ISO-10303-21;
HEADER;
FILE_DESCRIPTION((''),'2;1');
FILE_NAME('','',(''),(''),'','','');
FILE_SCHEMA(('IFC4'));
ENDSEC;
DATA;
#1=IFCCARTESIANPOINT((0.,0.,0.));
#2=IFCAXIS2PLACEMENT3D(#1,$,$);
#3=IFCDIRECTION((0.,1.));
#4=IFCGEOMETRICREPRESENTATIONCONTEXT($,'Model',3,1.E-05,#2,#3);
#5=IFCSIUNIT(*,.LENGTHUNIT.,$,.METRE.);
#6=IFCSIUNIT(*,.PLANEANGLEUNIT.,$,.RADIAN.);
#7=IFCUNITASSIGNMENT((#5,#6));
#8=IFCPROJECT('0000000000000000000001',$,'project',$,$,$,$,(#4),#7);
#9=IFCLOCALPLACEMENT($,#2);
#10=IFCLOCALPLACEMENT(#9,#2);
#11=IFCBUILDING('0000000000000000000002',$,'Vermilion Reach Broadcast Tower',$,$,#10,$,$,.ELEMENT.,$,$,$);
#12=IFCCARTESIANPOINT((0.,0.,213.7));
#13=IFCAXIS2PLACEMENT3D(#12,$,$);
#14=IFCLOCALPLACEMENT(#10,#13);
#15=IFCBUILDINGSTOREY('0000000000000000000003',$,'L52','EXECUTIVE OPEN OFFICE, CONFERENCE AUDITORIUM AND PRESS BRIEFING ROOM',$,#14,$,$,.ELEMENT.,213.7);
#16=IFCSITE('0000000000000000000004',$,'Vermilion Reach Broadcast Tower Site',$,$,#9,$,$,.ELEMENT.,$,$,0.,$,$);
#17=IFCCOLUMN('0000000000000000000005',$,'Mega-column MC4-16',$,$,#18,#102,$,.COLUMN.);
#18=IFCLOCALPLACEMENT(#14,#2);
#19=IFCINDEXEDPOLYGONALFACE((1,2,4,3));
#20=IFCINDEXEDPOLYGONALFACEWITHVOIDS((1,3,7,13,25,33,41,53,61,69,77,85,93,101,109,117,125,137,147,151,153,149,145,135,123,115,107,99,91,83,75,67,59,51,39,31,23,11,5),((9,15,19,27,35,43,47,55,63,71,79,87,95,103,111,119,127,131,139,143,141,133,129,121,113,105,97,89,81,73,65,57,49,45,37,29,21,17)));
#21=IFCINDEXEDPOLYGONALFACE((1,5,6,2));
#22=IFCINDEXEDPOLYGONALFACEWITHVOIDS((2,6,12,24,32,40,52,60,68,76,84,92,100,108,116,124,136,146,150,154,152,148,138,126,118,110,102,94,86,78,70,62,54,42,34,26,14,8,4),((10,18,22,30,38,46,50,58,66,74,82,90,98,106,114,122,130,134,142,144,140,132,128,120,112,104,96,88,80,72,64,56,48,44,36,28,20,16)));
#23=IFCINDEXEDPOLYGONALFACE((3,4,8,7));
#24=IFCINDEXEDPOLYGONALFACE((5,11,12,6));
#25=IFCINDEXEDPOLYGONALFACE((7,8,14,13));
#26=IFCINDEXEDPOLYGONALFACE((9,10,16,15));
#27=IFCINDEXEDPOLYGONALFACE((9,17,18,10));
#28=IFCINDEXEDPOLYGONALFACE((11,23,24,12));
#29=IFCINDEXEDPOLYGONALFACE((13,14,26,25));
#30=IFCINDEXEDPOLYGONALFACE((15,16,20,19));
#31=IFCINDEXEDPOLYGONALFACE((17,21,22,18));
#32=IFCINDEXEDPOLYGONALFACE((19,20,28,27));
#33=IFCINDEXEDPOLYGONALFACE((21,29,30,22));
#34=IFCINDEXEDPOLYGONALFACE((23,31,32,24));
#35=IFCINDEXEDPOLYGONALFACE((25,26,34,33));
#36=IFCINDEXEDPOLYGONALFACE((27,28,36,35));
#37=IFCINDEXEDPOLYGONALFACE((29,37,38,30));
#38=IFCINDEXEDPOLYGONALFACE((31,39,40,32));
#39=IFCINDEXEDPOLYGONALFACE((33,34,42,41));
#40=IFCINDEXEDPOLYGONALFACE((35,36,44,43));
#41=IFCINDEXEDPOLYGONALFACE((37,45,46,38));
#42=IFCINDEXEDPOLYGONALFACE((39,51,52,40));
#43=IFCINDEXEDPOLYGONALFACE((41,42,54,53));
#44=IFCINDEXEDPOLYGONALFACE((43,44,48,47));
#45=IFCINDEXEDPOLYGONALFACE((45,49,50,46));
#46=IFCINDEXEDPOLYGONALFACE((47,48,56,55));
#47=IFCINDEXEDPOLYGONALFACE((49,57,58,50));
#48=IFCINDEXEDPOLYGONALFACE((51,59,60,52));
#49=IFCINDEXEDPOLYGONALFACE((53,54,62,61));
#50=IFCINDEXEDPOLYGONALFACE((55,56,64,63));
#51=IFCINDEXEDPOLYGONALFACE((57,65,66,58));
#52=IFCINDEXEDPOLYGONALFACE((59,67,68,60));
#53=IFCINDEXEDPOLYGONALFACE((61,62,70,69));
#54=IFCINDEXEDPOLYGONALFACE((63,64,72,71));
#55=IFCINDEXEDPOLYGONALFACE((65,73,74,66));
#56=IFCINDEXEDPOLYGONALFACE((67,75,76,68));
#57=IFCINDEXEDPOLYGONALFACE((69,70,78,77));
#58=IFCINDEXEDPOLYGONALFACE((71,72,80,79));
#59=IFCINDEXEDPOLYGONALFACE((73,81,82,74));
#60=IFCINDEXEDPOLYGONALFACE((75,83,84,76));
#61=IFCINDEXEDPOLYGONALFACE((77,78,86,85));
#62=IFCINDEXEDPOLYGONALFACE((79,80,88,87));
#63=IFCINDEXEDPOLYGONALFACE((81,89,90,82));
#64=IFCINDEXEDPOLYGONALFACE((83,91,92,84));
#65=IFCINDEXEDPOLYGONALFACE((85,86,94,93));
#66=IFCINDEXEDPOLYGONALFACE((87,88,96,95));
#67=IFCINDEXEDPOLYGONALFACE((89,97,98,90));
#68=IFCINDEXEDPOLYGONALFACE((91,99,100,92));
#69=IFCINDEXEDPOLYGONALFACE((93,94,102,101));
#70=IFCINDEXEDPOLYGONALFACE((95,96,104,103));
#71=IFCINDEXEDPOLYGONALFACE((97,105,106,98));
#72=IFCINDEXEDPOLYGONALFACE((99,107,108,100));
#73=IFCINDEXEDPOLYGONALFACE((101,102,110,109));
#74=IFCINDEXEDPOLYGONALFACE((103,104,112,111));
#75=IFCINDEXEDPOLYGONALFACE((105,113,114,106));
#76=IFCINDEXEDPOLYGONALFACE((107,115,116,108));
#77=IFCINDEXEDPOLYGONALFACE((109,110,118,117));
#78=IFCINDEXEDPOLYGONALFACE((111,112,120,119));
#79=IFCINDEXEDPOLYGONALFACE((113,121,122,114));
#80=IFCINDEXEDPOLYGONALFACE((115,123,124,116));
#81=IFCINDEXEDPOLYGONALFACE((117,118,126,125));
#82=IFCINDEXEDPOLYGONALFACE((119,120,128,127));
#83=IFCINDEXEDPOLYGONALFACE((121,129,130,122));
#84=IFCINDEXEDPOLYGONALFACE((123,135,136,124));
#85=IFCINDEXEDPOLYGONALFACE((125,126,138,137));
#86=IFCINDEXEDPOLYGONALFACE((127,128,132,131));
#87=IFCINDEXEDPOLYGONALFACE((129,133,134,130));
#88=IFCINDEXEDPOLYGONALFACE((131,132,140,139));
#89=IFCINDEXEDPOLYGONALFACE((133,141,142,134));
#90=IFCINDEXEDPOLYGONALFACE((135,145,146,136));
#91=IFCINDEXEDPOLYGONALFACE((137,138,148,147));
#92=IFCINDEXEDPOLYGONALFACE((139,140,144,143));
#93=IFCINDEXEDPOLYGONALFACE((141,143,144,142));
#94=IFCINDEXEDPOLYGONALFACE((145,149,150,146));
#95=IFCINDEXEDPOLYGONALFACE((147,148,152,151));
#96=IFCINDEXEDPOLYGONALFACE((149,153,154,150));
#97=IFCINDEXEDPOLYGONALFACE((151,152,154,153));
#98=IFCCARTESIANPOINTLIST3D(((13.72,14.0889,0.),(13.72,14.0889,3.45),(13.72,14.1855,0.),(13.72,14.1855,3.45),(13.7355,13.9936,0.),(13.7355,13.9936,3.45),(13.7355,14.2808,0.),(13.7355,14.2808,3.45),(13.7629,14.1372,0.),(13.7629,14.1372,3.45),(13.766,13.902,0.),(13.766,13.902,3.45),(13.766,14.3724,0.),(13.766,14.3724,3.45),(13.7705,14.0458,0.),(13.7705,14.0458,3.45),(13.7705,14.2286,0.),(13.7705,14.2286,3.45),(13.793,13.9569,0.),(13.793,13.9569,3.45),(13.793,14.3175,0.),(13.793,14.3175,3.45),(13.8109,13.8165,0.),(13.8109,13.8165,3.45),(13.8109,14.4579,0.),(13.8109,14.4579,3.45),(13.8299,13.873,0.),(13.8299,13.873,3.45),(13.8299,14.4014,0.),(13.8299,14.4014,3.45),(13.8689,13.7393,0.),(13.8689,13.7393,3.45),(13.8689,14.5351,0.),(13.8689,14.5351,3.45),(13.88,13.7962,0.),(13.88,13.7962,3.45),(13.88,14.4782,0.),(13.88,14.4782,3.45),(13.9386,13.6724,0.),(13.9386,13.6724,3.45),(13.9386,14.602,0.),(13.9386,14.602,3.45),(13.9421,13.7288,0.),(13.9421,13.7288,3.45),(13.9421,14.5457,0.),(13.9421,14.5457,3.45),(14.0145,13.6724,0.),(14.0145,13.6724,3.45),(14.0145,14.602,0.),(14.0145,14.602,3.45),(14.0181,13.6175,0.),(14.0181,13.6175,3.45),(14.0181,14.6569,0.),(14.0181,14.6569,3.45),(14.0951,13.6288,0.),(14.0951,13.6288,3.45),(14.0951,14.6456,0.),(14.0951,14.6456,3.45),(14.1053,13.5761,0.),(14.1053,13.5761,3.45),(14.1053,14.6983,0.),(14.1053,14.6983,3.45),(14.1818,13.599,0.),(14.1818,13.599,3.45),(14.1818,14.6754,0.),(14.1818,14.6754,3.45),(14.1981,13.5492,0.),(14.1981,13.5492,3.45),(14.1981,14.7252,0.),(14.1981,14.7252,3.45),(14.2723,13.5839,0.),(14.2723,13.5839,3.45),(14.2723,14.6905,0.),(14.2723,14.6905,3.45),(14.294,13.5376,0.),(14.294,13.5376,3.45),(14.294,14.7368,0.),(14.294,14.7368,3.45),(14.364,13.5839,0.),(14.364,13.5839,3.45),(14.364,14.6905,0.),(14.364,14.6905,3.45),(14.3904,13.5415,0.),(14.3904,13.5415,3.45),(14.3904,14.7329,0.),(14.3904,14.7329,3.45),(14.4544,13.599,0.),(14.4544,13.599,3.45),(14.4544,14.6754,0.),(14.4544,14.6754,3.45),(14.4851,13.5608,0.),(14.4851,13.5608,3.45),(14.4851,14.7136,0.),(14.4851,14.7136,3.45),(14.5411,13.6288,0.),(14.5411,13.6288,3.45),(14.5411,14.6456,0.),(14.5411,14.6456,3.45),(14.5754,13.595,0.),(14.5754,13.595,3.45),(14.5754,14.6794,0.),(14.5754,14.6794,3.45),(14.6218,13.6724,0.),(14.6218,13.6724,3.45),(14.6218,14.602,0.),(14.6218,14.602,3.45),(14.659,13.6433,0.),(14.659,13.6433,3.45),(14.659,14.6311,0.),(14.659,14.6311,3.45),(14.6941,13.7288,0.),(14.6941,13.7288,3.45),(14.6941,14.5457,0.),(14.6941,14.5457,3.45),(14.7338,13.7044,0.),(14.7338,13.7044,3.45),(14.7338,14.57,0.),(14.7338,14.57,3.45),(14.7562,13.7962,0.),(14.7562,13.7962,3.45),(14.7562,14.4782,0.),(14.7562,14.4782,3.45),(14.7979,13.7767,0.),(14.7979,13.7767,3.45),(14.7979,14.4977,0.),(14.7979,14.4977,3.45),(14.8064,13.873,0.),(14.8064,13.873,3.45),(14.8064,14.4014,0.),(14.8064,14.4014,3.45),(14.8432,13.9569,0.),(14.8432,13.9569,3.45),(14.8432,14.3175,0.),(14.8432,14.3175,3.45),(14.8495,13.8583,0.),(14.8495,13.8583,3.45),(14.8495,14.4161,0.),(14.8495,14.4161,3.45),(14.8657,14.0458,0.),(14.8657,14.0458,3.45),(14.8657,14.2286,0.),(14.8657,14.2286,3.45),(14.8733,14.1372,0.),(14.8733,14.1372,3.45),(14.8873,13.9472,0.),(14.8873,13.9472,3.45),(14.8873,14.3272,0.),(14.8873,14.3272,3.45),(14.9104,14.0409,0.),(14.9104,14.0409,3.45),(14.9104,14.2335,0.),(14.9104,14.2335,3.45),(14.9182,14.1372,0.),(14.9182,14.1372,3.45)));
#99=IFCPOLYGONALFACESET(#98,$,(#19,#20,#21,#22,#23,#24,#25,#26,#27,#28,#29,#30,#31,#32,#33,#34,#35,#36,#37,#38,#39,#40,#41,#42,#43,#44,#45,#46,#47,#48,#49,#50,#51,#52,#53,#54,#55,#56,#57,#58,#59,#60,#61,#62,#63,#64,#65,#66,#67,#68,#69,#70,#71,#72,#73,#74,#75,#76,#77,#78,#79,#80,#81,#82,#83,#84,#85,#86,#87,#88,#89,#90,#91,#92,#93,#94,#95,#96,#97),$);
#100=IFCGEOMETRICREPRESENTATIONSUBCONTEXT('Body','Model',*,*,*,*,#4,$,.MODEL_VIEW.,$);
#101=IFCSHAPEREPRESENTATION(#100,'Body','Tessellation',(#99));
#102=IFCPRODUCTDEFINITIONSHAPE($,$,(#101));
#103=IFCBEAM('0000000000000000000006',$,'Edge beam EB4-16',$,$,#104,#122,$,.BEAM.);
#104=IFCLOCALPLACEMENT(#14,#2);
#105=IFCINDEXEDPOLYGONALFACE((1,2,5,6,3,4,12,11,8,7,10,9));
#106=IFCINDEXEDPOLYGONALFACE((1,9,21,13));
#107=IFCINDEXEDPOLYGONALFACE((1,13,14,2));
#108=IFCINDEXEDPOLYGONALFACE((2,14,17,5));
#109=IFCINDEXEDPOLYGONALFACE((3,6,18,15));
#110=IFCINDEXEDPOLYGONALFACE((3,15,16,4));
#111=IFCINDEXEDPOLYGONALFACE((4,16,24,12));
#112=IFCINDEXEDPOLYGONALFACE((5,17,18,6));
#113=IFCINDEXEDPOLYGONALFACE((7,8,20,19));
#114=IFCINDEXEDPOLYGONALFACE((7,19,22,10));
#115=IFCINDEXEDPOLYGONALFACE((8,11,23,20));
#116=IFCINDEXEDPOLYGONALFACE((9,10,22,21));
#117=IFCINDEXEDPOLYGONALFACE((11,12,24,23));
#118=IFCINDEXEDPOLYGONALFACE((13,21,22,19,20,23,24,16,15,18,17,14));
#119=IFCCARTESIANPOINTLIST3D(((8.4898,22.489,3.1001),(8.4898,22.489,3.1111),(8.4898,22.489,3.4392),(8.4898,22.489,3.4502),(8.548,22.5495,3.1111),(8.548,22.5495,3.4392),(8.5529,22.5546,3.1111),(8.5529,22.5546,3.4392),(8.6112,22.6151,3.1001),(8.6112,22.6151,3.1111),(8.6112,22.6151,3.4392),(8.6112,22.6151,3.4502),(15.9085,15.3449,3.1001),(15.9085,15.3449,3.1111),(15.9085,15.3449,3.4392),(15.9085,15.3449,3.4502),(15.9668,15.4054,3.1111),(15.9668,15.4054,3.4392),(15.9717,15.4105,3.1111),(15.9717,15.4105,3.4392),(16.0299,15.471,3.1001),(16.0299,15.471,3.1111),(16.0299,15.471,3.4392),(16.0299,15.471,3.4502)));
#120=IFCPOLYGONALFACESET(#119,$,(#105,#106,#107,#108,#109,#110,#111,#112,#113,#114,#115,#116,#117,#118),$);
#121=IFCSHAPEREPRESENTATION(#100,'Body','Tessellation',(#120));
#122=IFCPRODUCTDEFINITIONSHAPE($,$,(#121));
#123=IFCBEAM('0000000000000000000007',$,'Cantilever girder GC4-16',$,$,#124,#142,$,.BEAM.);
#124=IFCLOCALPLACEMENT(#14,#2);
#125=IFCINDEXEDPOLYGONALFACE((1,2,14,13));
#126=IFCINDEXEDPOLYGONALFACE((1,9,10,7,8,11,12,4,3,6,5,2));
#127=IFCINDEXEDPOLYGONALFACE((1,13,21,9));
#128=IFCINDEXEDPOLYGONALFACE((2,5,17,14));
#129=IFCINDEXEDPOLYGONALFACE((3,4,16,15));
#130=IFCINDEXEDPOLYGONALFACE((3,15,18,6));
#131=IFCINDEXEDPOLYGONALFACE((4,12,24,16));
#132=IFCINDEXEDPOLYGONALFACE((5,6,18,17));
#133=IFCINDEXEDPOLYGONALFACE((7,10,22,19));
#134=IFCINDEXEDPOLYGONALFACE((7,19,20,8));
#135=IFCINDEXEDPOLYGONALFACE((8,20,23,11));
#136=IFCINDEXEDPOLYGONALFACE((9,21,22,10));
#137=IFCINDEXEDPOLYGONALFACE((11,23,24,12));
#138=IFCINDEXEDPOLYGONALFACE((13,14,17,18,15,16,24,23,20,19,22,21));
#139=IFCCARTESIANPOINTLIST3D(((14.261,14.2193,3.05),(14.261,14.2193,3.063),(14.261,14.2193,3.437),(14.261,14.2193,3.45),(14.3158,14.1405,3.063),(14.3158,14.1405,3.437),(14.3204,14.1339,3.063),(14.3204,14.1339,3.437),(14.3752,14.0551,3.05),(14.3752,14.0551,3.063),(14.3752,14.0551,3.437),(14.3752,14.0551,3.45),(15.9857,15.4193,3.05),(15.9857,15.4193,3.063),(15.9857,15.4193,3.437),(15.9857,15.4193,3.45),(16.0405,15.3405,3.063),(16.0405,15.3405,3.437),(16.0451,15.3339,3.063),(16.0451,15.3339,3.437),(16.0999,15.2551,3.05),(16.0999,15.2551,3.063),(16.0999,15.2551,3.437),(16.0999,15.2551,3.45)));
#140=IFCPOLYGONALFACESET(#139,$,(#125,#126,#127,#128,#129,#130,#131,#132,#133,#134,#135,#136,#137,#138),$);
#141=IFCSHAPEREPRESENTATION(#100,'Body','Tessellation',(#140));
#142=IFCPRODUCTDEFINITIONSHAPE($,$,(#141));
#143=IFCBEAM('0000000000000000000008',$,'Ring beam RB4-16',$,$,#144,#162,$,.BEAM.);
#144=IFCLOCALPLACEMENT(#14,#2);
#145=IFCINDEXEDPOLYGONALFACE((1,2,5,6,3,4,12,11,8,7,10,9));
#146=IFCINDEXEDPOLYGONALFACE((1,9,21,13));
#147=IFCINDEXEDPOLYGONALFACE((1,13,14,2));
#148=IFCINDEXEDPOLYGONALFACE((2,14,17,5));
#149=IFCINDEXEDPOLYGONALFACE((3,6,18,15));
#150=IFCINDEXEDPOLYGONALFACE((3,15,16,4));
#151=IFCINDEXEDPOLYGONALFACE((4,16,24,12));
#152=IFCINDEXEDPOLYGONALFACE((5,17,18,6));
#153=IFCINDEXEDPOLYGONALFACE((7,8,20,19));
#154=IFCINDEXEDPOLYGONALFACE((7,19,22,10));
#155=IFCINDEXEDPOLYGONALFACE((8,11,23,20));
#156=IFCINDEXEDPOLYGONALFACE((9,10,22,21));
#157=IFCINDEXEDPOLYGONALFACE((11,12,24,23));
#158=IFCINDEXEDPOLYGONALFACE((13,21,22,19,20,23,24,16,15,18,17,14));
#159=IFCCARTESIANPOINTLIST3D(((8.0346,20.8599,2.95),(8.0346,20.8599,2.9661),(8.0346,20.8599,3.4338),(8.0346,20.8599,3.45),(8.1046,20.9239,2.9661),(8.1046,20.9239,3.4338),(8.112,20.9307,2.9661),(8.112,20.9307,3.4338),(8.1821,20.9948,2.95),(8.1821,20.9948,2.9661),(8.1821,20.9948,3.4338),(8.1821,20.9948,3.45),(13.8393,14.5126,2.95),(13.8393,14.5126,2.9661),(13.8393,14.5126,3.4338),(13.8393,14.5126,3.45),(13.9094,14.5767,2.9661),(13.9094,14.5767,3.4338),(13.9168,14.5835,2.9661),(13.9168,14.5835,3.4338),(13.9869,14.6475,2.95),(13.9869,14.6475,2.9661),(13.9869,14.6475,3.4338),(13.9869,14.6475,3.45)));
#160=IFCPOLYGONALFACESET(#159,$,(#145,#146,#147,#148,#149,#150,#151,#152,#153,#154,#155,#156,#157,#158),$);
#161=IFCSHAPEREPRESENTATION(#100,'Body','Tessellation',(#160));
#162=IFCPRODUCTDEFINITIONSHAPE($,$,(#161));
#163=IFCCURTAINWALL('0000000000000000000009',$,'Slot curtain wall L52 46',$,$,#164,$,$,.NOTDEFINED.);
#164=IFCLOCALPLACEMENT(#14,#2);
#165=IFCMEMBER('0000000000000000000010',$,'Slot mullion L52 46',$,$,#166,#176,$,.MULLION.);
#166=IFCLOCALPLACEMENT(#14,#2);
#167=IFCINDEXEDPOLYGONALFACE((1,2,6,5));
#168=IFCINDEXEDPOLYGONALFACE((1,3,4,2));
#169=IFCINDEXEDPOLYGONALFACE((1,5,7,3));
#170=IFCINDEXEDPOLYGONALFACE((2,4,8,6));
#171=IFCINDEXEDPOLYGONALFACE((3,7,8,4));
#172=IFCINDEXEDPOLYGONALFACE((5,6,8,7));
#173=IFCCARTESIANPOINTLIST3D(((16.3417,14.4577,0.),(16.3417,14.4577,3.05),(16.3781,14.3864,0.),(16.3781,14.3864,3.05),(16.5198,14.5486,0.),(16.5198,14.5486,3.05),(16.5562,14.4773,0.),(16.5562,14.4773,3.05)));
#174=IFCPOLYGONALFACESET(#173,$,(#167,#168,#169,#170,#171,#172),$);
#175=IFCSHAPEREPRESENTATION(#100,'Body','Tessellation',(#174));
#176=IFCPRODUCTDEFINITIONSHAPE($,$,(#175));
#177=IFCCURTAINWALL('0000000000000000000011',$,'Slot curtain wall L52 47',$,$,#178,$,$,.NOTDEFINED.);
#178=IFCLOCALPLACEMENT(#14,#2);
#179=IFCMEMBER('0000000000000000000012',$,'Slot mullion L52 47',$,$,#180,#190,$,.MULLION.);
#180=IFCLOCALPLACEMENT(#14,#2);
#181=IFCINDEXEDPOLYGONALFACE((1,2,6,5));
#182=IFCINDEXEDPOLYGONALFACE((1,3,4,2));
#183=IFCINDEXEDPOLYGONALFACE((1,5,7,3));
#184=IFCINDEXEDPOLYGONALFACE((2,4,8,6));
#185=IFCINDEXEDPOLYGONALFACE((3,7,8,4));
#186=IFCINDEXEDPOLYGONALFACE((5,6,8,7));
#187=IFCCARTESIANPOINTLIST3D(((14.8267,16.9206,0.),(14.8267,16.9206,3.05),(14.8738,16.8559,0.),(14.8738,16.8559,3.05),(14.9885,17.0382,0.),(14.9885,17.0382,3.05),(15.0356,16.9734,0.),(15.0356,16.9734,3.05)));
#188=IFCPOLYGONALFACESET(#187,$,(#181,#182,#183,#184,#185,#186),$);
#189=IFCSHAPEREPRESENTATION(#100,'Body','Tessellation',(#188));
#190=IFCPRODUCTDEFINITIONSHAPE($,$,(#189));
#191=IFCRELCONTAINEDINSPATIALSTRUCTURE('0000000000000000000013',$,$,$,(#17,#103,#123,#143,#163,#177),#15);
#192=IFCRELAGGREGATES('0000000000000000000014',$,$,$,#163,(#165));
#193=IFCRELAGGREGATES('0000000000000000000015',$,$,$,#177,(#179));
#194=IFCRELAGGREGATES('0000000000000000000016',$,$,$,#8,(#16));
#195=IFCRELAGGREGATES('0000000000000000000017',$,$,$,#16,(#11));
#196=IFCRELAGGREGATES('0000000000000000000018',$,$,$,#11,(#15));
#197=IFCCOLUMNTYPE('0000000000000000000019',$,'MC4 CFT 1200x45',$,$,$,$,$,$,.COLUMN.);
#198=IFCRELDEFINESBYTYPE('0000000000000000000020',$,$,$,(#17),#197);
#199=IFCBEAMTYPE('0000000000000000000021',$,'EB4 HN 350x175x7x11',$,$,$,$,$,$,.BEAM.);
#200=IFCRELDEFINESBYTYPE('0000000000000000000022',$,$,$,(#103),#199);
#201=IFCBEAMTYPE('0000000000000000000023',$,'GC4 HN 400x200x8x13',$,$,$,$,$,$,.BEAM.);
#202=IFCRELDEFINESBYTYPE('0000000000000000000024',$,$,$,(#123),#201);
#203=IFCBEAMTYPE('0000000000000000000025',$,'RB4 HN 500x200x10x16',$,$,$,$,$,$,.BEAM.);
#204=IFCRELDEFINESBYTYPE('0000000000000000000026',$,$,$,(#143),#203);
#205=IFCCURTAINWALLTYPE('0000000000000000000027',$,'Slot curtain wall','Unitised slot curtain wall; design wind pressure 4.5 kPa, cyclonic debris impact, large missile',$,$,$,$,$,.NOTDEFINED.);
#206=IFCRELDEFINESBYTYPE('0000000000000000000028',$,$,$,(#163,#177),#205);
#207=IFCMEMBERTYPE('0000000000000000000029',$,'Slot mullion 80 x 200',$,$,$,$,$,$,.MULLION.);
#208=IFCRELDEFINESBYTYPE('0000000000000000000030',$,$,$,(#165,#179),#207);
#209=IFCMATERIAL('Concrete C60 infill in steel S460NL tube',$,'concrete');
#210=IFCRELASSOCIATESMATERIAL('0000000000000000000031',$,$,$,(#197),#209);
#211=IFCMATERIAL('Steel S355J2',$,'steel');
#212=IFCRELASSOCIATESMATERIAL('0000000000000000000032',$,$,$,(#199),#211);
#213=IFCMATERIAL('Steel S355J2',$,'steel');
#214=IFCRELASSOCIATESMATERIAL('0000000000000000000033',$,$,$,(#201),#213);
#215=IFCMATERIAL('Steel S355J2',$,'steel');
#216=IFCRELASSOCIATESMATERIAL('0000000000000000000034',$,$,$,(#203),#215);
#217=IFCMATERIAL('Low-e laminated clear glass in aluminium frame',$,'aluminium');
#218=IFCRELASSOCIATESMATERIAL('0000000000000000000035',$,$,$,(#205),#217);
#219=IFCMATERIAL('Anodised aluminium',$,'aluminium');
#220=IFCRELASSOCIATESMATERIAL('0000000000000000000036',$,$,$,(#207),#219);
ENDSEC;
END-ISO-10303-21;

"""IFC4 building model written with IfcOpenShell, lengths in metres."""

from ifc_helpers import new_model, si_unit, direction, frame, origin, origin_2d, place, context, subcontext, project, spatial, rectangle, hollow_circle, i_section, extrude, material, material_profile, profile_set, type_object, element, aggregate, save


model = new_model("IFC4")

# Units and contexts
model_context = context("Model", 3, precision=1e-05, world=origin(), true_north=direction((0.0, 1.0)))
body_context = subcontext(model_context, "Body", "Model", "MODEL_VIEW")
ifc_project = project(units=[si_unit("LENGTHUNIT", "METRE"), si_unit("PLANEANGLEUNIT", "RADIAN")], contexts=[model_context])

# Site, building, storey
site_placement = place(None, origin())
site = spatial("IfcSite", under=ifc_project, at=site_placement, Name="Vermilion Reach Broadcast Tower Site", CompositionType="ELEMENT", RefElevation=0.0)
building_placement = place(site_placement, origin())
building = spatial("IfcBuilding", under=site, at=building_placement, Name="Vermilion Reach Broadcast Tower", CompositionType="ELEMENT")
storey_placement = place(building_placement, frame((0.0, 0.0, 213.7)))
storey = spatial("IfcBuildingStorey", under=building, at=storey_placement, Name="L52", Description="EXECUTIVE OPEN OFFICE, CONFERENCE AUDITORIUM AND PRESS BRIEFING ROOM", CompositionType="ELEMENT", Elevation=213.7)

# Column
ifc_material_1 = material(Name="Concrete C60 infill in steel S460NL tube", Category="concrete")
ifc_material_profile_1 = material_profile(ifc_material_1, hollow_circle(Radius=0.6001, WallThickness=0.0449, at=origin_2d()), Name="Concrete C60 infill in steel S460NL tube CFT 1200x45")
ifc_profile_set_1 = profile_set([ifc_material_profile_1], Name="Concrete C60 infill in steel S460NL tube")
column_type = type_object("IfcColumnType", Name="MC4 CFT 1200x45", PredefinedType="COLUMN", material=ifc_profile_set_1)
column_placement = place(storey_placement, frame((14.3181, 14.1372, 0.0), z_axis=(0.0, 0.0, 1.0), x_axis=(1.0, 0.0, 0.0)))
element("IfcColumn", 1, at=column_placement, inside=storey, type_object=column_type, Name="Mega-column MC4-16", PredefinedType="COLUMN", context=body_context, shape_type="SweptSolid", body=[
    extrude(hollow_circle(Radius=0.6001, WallThickness=0.0449, at=origin_2d()), origin(), (0.0, 0.0, 1.0), 3.45),
])

# Beams
ifc_material_2 = material(Name="Steel S355J2", Category="steel")
ifc_material_profile_2 = material_profile(ifc_material_2, i_section(OverallWidth=0.175, OverallDepth=0.3501, WebThickness=0.0071, FlangeThickness=0.011, at=origin_2d()), Name="S355J2 HN 350x175x7x11")
ifc_profile_set_2 = profile_set([ifc_material_profile_2], Name="Steel S355J2")
beam_type_1 = type_object("IfcBeamType", Name="EB4 HN 350x175x7x11", PredefinedType="BEAM", material=ifc_profile_set_2)
beam_1_placement = place(storey_placement, frame((15.9692, 15.408, 3.2751), z_axis=(-0.720315, 0.693647, 0.0), x_axis=(-0.693647, -0.720315, 0.0)))
element("IfcBeam", 2, at=beam_1_placement, inside=storey, type_object=beam_type_1, Name="Edge beam EB4-16", PredefinedType="BEAM", context=body_context, shape_type="SweptSolid", body=[
    extrude(i_section(OverallWidth=0.175, OverallDepth=0.3501, WebThickness=0.0071, FlangeThickness=0.011, at=origin_2d()), origin(), (0.0, 0.0, 1.0), 10.2993),
])
ifc_material_3 = material(Name="Steel S355J2", Category="steel")
ifc_material_profile_3 = material_profile(ifc_material_3, i_section(OverallWidth=0.2, OverallDepth=0.3999, WebThickness=0.0081, FlangeThickness=0.0129, at=origin_2d()), Name="S355J2 HN 400x200x8x13")
ifc_profile_set_3 = profile_set([ifc_material_profile_3], Name="Steel S355J2")
beam_type_2 = type_object("IfcBeamType", Name="GC4 HN 400x200x8x13", PredefinedType="BEAM", material=ifc_profile_set_3)
beam_2_placement = place(storey_placement, frame((14.3181, 14.1372, 3.25), z_axis=(0.820855, 0.571136, 0.0), x_axis=(-0.571136, 0.820855, 0.0)))
element("IfcBeam", 3, at=beam_2_placement, inside=storey, type_object=beam_type_2, Name="Cantilever girder GC4-16", PredefinedType="BEAM", context=body_context, shape_type="SweptSolid", body=[
    extrude(i_section(OverallWidth=0.2, OverallDepth=0.3999, WebThickness=0.0081, FlangeThickness=0.0129, at=origin_2d()), origin(), (0.0, 0.0, 1.0), 2.1011),
])
ifc_material_4 = material(Name="Steel S355J2", Category="steel")
ifc_material_profile_4 = material_profile(ifc_material_4, i_section(OverallWidth=0.2, OverallDepth=0.5, WebThickness=0.01, FlangeThickness=0.0161, at=origin_2d()), Name="S355J2 HN 500x200x10x16")
ifc_profile_set_4 = profile_set([ifc_material_profile_4], Name="Steel S355J2")
beam_type_3 = type_object("IfcBeamType", Name="RB4 HN 500x200x10x16", PredefinedType="BEAM", material=ifc_profile_set_4)
beam_3_placement = place(storey_placement, frame((13.9131, 14.5801, 3.2), z_axis=(-0.674868, 0.737938, 0.0), x_axis=(-0.737938, -0.674868, 0.0)))
element("IfcBeam", 4, at=beam_3_placement, inside=storey, type_object=beam_type_3, Name="Ring beam RB4-16", PredefinedType="BEAM", context=body_context, shape_type="SweptSolid", body=[
    extrude(i_section(OverallWidth=0.2, OverallDepth=0.5, WebThickness=0.01, FlangeThickness=0.0161, at=origin_2d()), origin(), (0.0, 0.0, 1.0), 8.6013),
])

# Curtain walls, members
ifc_material_5 = material(Name="Low-e laminated clear glass in aluminium frame", Category="aluminium")
curtain_wall_type = type_object("IfcCurtainWallType", Name="Slot curtain wall", Description="Unitised slot curtain wall; design wind pressure 4.5 kPa, cyclonic debris impact, large missile", PredefinedType="NOTDEFINED", material=ifc_material_5)
placement = place(storey_placement, origin())
curtain_wall_1 = element("IfcCurtainWall", 5, at=placement, inside=storey, type_object=curtain_wall_type, Name="Slot curtain wall L52 46", PredefinedType="NOTDEFINED")
ifc_material_6 = material(Name="Anodised aluminium", Category="aluminium")
ifc_material_profile_5 = material_profile(ifc_material_6, rectangle(XDim=0.2, YDim=0.0801, at=origin_2d()), Name="Slot mullion 80 x 200")
ifc_profile_set_5 = profile_set([ifc_material_profile_5], Name="Anodised aluminium")
member_type_1 = type_object("IfcMemberType", Name="Slot mullion 80 x 200", PredefinedType="MULLION", material=ifc_profile_set_5)
member_1_placement = place(storey_placement, frame((16.449, 14.4675, 0.0), z_axis=(0.0, 0.0, 1.0), x_axis=(-0.890637, -0.454714, 0.0)))
member_1 = element("IfcMember", 6, at=member_1_placement, type_object=member_type_1, Name="Slot mullion L52 46", PredefinedType="MULLION", context=body_context, shape_type="SweptSolid", body=[
    extrude(rectangle(XDim=0.2, YDim=0.0801, at=origin_2d()), origin(), (0.0, 0.0, 1.0), 3.05),
])
curtain_wall_2 = element("IfcCurtainWall", 7, at=placement, inside=storey, type_object=curtain_wall_type, Name="Slot curtain wall L52 47", PredefinedType="NOTDEFINED")
member_2_placement = place(storey_placement, frame((14.9312, 16.947, 0.0), z_axis=(0.0, 0.0, 1.0), x_axis=(-0.808903, -0.587942, 0.0)))
member_2 = element("IfcMember", 8, at=member_2_placement, type_object=member_type_1, Name="Slot mullion L52 47", PredefinedType="MULLION", context=body_context, shape_type="SweptSolid", body=[
    extrude(rectangle(XDim=0.2, YDim=0.0801, at=origin_2d()), origin(), (0.0, 0.0, 1.0), 3.05),
])

aggregate(curtain_wall_1, [member_1])
aggregate(curtain_wall_2, [member_2])

save(model, "model.ifc")
